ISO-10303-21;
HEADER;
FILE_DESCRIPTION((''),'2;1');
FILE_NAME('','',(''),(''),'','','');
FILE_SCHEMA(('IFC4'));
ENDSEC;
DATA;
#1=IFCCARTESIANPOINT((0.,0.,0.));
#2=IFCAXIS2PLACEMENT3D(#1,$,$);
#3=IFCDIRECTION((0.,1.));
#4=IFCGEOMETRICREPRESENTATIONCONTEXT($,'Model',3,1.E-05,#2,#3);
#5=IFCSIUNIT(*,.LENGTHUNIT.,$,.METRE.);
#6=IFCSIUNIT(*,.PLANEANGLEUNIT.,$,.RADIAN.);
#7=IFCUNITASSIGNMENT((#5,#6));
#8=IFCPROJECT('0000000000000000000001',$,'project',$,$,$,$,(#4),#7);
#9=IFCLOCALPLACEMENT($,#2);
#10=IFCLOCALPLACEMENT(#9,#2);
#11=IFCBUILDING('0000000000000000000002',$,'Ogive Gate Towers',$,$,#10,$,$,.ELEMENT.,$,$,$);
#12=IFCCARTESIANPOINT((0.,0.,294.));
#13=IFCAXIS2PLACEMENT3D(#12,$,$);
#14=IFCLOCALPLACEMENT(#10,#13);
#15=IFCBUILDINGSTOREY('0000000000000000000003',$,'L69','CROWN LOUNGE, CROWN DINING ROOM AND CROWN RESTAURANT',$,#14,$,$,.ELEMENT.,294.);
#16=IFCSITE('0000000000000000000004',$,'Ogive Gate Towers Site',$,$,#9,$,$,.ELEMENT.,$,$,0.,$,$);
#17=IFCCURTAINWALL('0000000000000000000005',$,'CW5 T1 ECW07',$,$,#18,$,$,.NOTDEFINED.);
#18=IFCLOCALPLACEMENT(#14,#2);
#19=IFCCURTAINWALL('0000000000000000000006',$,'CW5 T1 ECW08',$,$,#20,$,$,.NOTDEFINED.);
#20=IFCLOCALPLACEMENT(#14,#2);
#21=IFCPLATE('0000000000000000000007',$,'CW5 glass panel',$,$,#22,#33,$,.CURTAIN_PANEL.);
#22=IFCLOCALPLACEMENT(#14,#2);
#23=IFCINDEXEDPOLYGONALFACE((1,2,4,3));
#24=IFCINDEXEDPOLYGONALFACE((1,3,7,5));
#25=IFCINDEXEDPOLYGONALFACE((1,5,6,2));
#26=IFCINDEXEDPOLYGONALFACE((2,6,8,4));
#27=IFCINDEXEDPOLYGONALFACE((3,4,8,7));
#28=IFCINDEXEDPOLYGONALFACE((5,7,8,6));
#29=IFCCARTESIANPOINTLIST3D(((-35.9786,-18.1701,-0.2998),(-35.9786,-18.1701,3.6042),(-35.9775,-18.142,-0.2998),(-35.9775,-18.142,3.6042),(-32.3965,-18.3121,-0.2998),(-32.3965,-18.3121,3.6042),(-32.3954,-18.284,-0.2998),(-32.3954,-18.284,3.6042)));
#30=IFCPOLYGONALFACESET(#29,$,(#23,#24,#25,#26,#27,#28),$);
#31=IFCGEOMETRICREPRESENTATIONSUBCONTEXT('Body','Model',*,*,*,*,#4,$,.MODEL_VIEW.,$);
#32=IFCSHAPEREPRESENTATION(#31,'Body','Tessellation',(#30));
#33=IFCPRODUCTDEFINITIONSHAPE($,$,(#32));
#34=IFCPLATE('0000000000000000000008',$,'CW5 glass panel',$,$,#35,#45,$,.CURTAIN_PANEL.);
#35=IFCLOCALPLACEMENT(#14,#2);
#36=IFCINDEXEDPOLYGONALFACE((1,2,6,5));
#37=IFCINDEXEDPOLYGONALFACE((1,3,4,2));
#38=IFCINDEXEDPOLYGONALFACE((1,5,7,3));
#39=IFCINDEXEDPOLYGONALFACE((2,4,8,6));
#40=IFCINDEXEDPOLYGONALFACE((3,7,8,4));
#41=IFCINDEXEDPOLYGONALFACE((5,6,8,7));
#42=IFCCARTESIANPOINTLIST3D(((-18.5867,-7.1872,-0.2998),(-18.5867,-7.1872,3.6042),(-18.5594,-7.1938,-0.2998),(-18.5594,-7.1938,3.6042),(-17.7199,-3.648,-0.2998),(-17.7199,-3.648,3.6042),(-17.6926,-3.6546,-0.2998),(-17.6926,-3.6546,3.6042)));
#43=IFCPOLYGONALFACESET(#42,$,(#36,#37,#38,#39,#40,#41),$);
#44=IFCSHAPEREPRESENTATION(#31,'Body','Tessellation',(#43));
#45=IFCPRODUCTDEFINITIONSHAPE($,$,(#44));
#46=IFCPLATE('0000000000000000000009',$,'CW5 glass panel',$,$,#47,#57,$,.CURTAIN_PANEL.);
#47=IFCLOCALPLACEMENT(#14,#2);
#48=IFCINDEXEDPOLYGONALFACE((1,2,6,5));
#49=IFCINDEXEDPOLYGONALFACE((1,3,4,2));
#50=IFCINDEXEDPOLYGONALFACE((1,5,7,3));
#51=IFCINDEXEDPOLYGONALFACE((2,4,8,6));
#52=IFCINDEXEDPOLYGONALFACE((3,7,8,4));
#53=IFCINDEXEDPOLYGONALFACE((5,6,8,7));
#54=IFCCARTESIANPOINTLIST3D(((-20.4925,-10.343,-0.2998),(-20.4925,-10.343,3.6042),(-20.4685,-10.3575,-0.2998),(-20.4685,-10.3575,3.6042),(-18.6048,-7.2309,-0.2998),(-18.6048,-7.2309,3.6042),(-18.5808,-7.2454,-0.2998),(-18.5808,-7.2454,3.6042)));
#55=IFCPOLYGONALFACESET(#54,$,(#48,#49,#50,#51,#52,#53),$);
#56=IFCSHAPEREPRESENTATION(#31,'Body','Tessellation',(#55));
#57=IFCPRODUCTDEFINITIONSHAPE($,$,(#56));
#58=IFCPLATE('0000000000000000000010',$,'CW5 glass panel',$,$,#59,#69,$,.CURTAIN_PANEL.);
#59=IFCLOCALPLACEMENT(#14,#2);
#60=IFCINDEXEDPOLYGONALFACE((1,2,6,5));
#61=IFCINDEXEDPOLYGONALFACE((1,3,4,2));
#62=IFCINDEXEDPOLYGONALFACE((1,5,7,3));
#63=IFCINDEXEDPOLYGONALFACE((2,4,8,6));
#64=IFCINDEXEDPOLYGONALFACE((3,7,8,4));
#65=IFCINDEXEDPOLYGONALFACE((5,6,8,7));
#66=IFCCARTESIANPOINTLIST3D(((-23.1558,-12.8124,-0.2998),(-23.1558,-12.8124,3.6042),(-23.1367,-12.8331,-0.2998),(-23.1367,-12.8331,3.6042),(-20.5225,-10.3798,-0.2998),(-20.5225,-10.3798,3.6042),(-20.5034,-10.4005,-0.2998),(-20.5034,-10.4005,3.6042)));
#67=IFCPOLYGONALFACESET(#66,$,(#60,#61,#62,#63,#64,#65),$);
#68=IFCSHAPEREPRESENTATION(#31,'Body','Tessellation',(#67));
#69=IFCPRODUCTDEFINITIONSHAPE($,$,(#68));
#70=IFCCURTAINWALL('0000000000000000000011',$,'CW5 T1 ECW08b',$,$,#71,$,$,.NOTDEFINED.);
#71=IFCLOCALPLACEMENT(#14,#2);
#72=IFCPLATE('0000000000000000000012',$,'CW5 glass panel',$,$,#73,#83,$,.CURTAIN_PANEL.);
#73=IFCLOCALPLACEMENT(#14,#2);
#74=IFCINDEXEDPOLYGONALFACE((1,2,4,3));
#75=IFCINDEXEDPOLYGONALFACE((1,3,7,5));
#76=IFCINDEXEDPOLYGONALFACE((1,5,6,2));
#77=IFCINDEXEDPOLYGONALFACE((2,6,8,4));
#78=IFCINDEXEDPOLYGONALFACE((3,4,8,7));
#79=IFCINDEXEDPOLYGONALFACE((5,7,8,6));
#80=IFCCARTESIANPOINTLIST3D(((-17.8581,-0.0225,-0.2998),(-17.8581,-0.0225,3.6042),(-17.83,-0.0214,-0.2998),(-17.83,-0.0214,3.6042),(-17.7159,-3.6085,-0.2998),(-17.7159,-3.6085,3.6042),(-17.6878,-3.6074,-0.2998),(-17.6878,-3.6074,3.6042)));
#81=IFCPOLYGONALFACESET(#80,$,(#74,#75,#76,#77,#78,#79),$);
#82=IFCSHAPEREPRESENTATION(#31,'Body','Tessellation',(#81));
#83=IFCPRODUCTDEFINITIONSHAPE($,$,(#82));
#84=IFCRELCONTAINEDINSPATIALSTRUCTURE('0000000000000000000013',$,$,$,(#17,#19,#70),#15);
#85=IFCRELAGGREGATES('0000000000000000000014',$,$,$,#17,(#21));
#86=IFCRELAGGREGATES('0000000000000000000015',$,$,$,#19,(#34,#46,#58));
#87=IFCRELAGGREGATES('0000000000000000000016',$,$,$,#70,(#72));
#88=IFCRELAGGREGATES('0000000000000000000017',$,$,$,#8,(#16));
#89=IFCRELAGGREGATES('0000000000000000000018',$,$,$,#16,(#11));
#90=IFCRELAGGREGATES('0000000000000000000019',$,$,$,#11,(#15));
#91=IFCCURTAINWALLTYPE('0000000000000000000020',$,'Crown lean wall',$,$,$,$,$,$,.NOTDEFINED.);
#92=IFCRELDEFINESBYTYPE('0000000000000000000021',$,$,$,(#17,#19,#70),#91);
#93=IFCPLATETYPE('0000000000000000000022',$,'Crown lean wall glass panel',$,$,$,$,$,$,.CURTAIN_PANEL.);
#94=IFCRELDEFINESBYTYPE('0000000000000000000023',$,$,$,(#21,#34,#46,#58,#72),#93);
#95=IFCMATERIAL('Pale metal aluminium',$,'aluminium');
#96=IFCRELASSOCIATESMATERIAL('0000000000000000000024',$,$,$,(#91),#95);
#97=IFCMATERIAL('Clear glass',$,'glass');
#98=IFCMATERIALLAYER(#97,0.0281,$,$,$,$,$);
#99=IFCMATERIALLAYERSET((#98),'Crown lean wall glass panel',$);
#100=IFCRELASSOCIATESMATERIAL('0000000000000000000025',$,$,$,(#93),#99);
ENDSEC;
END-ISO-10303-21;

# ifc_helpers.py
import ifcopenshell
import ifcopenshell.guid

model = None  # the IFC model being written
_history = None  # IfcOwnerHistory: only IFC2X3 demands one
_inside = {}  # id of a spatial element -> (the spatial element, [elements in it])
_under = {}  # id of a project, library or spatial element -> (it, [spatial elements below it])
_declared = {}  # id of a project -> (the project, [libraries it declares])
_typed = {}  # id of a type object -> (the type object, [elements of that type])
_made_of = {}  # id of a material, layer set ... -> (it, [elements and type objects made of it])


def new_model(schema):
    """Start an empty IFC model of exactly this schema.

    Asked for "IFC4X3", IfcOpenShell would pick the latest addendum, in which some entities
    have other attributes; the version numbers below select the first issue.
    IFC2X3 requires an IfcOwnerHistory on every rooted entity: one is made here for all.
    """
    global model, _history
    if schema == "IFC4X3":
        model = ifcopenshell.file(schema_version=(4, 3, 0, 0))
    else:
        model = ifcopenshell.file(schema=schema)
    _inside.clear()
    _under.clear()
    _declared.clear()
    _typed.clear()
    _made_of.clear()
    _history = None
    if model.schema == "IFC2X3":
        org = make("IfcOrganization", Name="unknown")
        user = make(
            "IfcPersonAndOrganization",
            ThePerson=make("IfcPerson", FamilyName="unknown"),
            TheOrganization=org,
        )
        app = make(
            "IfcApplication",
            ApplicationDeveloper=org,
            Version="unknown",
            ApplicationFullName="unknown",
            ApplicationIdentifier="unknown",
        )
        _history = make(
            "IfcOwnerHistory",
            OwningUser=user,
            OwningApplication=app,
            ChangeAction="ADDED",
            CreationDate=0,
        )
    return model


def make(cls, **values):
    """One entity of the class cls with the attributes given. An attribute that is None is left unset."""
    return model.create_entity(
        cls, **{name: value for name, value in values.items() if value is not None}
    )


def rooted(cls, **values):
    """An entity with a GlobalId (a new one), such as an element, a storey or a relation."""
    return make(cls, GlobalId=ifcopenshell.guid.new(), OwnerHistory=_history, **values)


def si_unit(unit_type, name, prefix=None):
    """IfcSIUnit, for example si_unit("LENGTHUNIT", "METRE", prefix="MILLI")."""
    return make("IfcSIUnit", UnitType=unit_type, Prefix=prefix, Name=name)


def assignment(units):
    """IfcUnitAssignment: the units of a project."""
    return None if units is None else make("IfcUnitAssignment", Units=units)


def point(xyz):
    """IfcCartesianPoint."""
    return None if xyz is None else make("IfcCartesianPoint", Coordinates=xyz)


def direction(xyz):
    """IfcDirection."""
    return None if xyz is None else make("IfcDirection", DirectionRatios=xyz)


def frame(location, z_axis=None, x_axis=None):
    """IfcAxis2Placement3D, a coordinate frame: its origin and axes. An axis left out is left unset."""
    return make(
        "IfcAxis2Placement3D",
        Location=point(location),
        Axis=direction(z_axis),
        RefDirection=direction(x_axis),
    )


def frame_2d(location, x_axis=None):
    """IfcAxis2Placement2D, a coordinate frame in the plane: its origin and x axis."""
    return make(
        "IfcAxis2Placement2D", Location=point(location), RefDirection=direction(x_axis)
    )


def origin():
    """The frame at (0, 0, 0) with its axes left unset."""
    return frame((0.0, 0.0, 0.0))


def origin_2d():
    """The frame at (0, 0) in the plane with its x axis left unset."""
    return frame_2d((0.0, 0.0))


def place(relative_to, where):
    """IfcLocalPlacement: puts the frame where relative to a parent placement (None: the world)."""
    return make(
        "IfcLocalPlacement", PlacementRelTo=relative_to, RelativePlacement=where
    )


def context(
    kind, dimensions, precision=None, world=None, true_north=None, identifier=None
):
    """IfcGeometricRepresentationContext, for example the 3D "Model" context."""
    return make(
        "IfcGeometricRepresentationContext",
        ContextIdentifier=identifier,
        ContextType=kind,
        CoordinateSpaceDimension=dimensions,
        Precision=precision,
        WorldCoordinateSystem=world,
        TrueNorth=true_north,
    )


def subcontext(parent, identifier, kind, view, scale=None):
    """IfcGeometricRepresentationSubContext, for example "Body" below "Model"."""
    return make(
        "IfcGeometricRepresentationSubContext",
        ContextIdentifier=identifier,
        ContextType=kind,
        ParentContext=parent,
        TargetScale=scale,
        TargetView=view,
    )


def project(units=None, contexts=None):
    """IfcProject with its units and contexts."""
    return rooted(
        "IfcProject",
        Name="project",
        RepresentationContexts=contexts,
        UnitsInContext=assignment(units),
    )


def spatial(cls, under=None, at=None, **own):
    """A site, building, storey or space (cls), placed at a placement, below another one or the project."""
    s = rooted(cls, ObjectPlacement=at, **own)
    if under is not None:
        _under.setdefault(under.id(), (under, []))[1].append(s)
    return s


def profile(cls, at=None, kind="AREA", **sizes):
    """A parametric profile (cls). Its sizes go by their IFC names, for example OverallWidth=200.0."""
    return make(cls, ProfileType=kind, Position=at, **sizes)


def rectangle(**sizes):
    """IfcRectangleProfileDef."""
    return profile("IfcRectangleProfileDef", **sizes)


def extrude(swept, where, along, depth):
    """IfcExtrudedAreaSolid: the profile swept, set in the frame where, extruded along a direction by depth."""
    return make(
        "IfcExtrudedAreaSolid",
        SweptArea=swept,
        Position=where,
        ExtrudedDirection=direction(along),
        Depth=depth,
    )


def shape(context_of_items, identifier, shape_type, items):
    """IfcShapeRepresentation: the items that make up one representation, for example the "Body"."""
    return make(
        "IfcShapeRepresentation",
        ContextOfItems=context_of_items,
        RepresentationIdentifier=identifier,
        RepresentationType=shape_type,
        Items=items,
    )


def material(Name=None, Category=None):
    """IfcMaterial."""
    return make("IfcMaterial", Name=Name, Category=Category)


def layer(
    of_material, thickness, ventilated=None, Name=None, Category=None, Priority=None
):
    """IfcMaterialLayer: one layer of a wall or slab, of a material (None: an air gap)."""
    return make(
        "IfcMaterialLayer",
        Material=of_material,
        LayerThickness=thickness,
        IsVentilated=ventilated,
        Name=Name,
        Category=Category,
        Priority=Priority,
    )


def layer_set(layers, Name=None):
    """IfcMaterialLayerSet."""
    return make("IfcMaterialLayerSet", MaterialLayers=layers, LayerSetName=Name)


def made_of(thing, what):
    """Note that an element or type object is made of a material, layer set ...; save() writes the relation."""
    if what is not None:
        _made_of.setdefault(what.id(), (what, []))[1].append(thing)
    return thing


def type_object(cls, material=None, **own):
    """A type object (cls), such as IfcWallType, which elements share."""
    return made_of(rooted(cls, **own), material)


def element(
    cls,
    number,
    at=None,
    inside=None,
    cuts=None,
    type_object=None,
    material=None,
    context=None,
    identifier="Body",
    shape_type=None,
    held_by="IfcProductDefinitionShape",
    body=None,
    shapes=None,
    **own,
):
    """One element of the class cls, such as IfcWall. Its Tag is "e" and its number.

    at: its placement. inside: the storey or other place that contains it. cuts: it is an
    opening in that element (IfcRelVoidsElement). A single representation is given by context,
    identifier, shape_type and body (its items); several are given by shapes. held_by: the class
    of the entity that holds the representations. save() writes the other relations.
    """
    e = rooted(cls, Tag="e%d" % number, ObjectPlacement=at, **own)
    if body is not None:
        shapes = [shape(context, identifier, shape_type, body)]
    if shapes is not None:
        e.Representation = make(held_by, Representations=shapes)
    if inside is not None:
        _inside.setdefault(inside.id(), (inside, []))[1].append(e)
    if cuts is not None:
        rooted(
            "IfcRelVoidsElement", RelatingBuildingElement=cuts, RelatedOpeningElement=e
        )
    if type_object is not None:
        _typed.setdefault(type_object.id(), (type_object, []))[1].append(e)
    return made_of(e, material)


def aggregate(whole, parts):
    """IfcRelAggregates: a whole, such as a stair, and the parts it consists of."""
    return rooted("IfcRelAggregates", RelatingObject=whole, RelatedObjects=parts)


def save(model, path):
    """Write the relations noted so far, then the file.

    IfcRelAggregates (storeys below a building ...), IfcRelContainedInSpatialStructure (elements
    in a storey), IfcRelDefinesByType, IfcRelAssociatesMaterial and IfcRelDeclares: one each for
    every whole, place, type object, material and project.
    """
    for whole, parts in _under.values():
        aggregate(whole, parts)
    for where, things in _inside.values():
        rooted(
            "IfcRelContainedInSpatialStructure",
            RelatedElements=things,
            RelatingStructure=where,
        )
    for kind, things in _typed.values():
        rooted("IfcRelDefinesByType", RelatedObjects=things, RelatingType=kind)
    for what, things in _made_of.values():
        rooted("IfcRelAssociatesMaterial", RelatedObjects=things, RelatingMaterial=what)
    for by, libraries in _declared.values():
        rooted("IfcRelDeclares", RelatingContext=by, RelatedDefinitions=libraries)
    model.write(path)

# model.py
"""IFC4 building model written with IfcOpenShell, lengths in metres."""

from ifc_helpers import new_model, si_unit, direction, frame, origin, origin_2d, place, context, subcontext, project, spatial, rectangle, extrude, material, layer, layer_set, type_object, element, aggregate, save


model = new_model("IFC4")

# Units and contexts
model_context = context("Model", 3, precision=1e-05, world=origin(), true_north=direction((0.0, 1.0)))
body_context = subcontext(model_context, "Body", "Model", "MODEL_VIEW")
ifc_project = project(units=[si_unit("LENGTHUNIT", "METRE"), si_unit("PLANEANGLEUNIT", "RADIAN")], contexts=[model_context])

# Site, building, storey
site_placement = place(None, origin())
site = spatial("IfcSite", under=ifc_project, at=site_placement, Name="Ogive Gate Towers Site", CompositionType="ELEMENT", RefElevation=0.0)
building_placement = place(site_placement, origin())
building = spatial("IfcBuilding", under=site, at=building_placement, Name="Ogive Gate Towers", CompositionType="ELEMENT")
storey_placement = place(building_placement, frame((0.0, 0.0, 294.0)))
storey = spatial("IfcBuildingStorey", under=building, at=storey_placement, Name="L69", Description="CROWN LOUNGE, CROWN DINING ROOM AND CROWN RESTAURANT", CompositionType="ELEMENT", Elevation=294.0)

# Shared definitions
ifc_material_1 = material(Name="Pale metal aluminium", Category="aluminium")
curtain_wall_type = type_object("IfcCurtainWallType", Name="Crown lean wall", PredefinedType="NOTDEFINED", material=ifc_material_1)

# Curtain walls
curtain_wall_1_placement = place(storey_placement, origin())
curtain_wall_1 = element("IfcCurtainWall", 1, at=curtain_wall_1_placement, inside=storey, type_object=curtain_wall_type, Name="CW5 T1 ECW07", PredefinedType="NOTDEFINED")
curtain_wall_2_placement = place(storey_placement, origin())
curtain_wall_2 = element("IfcCurtainWall", 2, at=curtain_wall_2_placement, inside=storey, type_object=curtain_wall_type, Name="CW5 T1 ECW08", PredefinedType="NOTDEFINED")

# Plates
ifc_material_2 = material(Name="Clear glass", Category="glass")
ifc_layer = layer(ifc_material_2, 0.0281)
ifc_layer_set = layer_set([ifc_layer], Name="Crown lean wall glass panel")
plate_type = type_object("IfcPlateType", Name="Crown lean wall glass panel", PredefinedType="CURTAIN_PANEL", material=ifc_layer_set)
plate_1_placement = place(storey_placement, frame((-34.187, -18.2271, -0.2998), z_axis=(0.0, 0.0, 1.0), x_axis=(-0.999215, 0.039609, 0.0)))
plate_1 = element("IfcPlate", 3, at=plate_1_placement, type_object=plate_type, Name="CW5 glass panel", PredefinedType="CURTAIN_PANEL", context=body_context, shape_type="SweptSolid", body=[
    extrude(rectangle(XDim=3.585, YDim=0.0281, at=origin_2d()), origin(), (0.0, 0.0, 1.0), 3.9041),
])
aggregate(curtain_wall_1, [plate_1])
plate_2_placement = place(storey_placement, frame((-18.1396, -5.4209, -0.2998), z_axis=(0.0, 0.0, 1.0), x_axis=(-0.237872, -0.971296, 0.0)))
plate_2 = element("IfcPlate", 4, at=plate_2_placement, type_object=plate_type, Name="CW5 glass panel", PredefinedType="CURTAIN_PANEL", context=body_context, shape_type="SweptSolid", body=[
    extrude(rectangle(XDim=3.6438, YDim=0.0281, at=origin_2d()), origin(), (0.0, 0.0, 1.0), 3.9041),
])
plate_3_placement = place(storey_placement, frame((-19.5366, -8.7942, -0.2998), z_axis=(0.0, 0.0, 1.0), x_axis=(-0.518624, -0.855002, 0.0)))
plate_3 = element("IfcPlate", 5, at=plate_3_placement, type_object=plate_type, Name="CW5 glass panel", PredefinedType="CURTAIN_PANEL", context=body_context, shape_type="SweptSolid", body=[
    extrude(rectangle(XDim=3.6399, YDim=0.0281, at=origin_2d()), origin(), (0.0, 0.0, 1.0), 3.9041),
])
plate_4_placement = place(storey_placement, frame((-21.8296, -11.6064, -0.2998), z_axis=(0.0, 0.0, 1.0), x_axis=(-0.734548, -0.678557, 0.0)))
plate_4 = element("IfcPlate", 6, at=plate_4_placement, type_object=plate_type, Name="CW5 glass panel", PredefinedType="CURTAIN_PANEL", context=body_context, shape_type="SweptSolid", body=[
    extrude(rectangle(XDim=3.585, YDim=0.0281, at=origin_2d()), origin(), (0.0, 0.0, 1.0), 3.9041),
])
aggregate(curtain_wall_2, [plate_2, plate_3, plate_4])

# Curtain wall, plate
curtain_wall_3_placement = place(storey_placement, origin())
curtain_wall_3 = element("IfcCurtainWall", 7, at=curtain_wall_3_placement, inside=storey, type_object=curtain_wall_type, Name="CW5 T1 ECW08b", PredefinedType="NOTDEFINED")
plate_5_placement = place(storey_placement, frame((-17.7729, -1.8149, -0.2998), z_axis=(0.0, 0.0, 1.0), x_axis=(0.039609, -0.999215, 0.0)))
plate_5 = element("IfcPlate", 8, at=plate_5_placement, type_object=plate_type, Name="CW5 glass panel", PredefinedType="CURTAIN_PANEL", context=body_context, shape_type="SweptSolid", body=[
    extrude(rectangle(XDim=3.5889, YDim=0.0281, at=origin_2d()), origin(), (0.0, 0.0, 1.0), 3.9041),
])
aggregate(curtain_wall_3, [plate_5])

save(model, "model.ifc")
